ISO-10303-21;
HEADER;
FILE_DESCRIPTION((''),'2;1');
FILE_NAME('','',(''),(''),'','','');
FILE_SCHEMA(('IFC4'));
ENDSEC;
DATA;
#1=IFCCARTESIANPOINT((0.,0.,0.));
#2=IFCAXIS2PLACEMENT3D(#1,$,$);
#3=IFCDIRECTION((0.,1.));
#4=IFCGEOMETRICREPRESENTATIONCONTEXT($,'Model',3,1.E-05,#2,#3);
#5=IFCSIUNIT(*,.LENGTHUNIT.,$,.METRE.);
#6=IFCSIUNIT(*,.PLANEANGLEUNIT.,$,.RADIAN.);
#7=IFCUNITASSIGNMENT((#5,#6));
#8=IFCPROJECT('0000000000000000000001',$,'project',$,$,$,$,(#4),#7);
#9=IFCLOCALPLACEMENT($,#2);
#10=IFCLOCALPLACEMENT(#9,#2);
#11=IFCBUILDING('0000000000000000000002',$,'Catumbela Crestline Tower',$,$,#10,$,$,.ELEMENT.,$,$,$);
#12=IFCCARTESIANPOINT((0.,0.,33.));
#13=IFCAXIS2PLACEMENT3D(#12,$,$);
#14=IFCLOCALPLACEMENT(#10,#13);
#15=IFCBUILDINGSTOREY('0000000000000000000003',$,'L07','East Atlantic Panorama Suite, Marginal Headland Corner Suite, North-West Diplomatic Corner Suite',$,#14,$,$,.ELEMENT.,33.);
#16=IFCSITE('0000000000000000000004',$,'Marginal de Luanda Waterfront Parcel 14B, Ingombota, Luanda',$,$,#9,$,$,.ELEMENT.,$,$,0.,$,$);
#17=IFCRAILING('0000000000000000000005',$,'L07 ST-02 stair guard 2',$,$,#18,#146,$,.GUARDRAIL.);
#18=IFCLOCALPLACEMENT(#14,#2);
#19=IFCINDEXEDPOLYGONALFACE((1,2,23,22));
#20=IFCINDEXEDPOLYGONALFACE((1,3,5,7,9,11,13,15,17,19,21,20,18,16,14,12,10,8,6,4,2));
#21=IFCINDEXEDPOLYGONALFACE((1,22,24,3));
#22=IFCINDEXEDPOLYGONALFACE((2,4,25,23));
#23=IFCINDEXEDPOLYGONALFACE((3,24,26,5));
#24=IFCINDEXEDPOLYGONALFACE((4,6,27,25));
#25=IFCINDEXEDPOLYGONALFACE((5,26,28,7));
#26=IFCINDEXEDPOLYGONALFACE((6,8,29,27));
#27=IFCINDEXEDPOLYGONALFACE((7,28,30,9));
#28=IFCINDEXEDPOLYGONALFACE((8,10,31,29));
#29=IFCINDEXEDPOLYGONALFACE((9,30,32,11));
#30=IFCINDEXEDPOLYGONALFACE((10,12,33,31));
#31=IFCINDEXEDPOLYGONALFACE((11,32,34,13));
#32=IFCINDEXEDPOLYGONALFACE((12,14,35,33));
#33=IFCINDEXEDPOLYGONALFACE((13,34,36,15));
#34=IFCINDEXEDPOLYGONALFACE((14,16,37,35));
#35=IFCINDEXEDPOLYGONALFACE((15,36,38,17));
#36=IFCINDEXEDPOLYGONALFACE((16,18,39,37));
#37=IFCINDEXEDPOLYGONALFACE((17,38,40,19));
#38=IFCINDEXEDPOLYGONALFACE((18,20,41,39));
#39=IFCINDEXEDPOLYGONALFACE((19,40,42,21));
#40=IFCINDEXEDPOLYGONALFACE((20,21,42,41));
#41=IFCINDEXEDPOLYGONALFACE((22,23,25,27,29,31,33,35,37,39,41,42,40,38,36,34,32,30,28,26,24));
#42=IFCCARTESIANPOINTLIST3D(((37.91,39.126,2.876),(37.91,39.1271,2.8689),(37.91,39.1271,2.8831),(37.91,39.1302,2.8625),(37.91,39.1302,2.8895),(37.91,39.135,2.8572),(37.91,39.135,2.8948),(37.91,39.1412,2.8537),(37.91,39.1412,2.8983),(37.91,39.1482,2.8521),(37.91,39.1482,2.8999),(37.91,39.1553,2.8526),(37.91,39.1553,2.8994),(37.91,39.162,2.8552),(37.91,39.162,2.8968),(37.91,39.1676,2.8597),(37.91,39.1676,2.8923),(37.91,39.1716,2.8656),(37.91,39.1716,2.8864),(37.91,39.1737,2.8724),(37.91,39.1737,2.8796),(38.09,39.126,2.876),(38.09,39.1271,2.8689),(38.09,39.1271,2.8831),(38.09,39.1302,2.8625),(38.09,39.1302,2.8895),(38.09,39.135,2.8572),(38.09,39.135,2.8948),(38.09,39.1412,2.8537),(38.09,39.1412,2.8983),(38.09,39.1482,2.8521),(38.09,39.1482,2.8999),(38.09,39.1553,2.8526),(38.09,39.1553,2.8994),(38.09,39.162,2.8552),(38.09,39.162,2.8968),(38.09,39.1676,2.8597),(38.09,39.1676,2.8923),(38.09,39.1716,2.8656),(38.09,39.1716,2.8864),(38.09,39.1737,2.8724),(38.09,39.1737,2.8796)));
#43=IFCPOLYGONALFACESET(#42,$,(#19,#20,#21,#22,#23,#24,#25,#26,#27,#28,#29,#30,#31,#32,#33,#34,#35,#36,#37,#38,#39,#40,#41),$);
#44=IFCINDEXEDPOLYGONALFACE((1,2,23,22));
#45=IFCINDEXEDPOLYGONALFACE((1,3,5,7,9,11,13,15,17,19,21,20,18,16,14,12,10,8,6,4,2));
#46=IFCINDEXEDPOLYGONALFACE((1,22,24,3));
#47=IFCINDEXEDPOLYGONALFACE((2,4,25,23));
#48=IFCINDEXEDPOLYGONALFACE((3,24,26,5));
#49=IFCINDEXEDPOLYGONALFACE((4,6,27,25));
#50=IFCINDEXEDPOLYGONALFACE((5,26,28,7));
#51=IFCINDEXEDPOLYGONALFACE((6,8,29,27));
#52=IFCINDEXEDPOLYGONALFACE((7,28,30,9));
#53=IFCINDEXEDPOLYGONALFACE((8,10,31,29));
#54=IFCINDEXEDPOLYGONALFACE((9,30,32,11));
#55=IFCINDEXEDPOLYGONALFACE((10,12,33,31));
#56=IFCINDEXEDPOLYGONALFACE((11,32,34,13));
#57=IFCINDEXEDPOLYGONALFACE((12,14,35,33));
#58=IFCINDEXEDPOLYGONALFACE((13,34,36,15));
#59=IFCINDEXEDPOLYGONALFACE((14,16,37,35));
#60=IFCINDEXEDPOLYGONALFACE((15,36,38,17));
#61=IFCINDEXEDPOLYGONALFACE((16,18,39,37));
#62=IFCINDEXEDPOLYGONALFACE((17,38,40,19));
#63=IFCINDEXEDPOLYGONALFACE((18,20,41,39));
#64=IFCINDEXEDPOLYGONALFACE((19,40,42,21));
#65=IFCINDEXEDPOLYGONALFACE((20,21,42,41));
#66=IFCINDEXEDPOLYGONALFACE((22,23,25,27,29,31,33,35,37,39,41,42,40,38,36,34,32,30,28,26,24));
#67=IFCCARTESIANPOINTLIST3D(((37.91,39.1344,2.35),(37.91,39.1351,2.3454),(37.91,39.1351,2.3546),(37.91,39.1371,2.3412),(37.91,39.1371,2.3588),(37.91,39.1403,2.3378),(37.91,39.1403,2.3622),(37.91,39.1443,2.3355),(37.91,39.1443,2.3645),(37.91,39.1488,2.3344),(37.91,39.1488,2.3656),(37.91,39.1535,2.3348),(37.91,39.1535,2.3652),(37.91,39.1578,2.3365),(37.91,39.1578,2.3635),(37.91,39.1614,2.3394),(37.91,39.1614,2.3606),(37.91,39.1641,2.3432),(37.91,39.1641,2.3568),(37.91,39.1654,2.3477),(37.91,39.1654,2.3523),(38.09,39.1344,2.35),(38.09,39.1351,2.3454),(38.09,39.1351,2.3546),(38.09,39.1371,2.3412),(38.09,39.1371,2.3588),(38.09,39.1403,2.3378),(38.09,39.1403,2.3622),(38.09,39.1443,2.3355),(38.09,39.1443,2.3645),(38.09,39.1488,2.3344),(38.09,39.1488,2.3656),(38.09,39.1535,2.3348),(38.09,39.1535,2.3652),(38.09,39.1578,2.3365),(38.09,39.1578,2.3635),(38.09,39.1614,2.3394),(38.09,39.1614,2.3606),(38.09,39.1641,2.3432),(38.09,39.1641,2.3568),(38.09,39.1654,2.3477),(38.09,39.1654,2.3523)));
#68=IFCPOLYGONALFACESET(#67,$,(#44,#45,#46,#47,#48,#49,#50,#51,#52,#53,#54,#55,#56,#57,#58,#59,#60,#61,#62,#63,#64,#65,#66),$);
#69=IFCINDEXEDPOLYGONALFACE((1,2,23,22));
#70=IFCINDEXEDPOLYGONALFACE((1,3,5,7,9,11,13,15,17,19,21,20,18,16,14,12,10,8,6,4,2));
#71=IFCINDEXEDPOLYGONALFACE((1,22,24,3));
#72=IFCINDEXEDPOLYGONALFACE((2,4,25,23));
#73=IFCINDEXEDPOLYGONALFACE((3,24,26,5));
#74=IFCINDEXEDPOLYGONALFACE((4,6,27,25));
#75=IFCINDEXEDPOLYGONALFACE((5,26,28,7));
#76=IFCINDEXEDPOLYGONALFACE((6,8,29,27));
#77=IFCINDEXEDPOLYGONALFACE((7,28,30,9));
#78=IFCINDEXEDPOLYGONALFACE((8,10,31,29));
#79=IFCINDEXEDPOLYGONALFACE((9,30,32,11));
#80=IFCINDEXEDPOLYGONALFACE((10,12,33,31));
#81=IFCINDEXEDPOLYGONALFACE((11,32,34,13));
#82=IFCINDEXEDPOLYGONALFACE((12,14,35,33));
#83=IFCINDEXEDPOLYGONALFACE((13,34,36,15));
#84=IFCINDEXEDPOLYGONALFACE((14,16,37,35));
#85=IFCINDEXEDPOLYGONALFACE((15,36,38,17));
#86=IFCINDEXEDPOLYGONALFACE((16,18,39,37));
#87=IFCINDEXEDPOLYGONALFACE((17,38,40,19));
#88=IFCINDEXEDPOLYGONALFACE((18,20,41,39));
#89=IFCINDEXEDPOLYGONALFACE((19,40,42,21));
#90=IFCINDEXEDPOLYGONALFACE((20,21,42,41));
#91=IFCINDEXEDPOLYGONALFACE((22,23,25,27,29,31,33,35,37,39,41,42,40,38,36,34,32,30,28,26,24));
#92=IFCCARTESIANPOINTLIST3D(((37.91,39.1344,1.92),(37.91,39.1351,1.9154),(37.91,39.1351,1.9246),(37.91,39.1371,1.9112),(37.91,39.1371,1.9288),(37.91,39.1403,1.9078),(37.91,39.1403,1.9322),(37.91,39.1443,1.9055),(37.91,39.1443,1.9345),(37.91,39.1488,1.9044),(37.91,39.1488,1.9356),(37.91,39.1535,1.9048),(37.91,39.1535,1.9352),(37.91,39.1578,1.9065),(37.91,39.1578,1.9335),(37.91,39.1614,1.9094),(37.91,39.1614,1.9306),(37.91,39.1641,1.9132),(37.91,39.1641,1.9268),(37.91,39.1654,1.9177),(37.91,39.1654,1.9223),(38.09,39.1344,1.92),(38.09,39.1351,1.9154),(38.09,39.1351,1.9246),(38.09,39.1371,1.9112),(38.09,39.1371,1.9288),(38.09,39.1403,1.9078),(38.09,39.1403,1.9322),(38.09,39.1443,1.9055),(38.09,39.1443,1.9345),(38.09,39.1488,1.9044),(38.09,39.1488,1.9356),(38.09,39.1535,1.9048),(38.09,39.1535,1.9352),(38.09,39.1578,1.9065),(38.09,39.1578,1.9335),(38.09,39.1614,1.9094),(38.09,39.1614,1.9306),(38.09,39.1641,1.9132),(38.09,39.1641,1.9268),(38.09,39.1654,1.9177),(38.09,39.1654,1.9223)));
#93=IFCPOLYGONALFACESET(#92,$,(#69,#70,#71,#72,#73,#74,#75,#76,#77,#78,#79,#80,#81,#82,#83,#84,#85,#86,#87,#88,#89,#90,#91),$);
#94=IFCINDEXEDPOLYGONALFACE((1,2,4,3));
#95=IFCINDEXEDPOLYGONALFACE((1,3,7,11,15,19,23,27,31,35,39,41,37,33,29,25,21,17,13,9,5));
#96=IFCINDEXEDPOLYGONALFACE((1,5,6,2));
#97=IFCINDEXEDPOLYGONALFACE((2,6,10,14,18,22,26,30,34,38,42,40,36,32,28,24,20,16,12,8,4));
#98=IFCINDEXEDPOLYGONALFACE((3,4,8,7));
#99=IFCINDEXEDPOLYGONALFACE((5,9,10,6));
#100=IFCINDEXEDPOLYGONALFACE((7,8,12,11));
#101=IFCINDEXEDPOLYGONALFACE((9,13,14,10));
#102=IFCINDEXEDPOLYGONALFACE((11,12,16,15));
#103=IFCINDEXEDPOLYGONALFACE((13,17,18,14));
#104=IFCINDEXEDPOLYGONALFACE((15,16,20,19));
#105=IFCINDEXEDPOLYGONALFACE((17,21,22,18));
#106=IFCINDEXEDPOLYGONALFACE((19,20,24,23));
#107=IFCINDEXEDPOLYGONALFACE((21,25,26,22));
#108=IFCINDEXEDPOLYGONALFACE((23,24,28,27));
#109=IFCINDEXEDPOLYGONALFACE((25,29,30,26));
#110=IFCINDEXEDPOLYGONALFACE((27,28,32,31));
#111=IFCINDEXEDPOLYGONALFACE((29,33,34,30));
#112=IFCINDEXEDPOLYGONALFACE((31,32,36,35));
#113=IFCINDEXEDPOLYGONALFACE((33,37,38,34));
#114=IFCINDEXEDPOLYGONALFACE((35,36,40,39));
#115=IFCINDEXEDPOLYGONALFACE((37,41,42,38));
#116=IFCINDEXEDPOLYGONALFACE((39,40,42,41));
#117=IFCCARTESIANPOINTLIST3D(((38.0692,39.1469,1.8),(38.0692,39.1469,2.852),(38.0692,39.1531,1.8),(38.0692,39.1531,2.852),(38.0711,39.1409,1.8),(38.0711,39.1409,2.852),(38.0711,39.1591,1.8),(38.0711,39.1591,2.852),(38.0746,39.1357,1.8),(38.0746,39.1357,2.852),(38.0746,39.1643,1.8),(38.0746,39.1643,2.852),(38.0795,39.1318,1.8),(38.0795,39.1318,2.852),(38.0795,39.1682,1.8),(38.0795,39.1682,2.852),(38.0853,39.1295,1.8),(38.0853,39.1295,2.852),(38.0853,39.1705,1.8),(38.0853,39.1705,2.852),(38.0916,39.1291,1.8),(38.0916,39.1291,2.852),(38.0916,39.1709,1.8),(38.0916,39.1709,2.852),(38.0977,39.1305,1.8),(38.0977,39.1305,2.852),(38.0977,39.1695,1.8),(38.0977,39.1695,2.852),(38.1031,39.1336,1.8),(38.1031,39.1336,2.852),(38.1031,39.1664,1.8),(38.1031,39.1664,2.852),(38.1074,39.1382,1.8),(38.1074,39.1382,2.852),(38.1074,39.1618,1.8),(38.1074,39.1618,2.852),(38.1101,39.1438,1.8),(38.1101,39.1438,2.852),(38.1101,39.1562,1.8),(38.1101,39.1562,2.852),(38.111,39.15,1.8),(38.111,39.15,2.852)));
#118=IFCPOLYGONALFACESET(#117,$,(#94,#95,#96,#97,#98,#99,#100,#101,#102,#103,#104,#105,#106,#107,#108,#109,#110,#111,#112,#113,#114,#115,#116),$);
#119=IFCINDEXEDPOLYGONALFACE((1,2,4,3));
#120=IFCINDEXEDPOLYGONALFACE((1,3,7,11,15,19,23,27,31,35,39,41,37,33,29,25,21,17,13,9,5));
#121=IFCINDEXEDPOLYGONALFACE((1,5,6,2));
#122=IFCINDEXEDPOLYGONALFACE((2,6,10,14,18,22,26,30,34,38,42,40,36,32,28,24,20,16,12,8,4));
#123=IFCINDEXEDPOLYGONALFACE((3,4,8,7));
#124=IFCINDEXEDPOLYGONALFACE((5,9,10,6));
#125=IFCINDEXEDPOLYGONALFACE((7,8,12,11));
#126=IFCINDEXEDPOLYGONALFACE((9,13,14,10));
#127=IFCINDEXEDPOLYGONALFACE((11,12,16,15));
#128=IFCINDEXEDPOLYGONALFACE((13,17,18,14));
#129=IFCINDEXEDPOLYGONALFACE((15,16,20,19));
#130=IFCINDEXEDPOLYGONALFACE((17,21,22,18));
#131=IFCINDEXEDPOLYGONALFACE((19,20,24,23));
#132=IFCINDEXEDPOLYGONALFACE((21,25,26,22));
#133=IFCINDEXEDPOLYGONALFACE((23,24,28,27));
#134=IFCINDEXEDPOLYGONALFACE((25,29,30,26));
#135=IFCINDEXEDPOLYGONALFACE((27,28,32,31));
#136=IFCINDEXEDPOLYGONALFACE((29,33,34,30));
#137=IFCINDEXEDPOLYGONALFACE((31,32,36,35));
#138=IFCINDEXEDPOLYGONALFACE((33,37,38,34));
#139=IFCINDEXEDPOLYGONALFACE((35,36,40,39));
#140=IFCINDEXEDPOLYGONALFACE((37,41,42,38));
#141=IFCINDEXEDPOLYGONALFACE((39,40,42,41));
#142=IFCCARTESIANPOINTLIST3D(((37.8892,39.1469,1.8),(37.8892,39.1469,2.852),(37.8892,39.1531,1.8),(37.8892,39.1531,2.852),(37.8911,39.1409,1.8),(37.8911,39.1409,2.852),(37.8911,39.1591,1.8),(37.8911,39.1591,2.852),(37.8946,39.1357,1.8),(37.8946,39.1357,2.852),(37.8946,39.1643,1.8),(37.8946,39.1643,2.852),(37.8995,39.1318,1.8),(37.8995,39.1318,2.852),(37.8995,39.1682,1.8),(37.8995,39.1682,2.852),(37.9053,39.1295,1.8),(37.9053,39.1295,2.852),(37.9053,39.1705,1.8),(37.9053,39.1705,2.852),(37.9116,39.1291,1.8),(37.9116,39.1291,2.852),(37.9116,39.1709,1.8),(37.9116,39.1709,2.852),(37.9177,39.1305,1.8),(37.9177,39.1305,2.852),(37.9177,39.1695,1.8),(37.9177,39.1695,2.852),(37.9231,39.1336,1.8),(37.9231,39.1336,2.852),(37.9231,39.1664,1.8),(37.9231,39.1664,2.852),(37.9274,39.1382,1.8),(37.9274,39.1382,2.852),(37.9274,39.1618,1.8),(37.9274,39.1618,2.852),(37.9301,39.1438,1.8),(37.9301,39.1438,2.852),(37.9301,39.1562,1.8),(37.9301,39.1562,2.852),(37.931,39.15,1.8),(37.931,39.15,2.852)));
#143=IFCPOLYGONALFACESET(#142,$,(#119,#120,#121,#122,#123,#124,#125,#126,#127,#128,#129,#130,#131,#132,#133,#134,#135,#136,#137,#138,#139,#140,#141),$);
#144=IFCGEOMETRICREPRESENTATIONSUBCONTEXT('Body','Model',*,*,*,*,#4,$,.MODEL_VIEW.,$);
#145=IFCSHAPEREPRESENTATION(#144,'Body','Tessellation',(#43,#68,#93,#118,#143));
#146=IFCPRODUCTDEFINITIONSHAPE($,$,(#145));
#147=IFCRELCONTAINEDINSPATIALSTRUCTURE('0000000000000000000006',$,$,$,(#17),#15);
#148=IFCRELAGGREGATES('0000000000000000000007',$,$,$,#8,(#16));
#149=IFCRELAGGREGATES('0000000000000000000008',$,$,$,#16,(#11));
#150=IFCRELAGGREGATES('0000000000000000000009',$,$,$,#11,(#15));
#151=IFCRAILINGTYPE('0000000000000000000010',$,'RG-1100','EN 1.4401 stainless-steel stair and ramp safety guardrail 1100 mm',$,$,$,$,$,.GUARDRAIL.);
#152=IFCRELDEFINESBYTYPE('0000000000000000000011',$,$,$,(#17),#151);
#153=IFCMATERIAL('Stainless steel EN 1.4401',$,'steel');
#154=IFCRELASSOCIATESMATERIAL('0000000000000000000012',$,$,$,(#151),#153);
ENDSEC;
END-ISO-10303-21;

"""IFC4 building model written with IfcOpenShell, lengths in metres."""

from ifc_helpers import new_model, si_unit, direction, frame, origin, origin_2d, place, context, subcontext, project, spatial, circle, extrude, material, type_object, element, save


model = new_model("IFC4")

# Units and contexts
model_context = context("Model", 3, precision=1e-05, world=origin(), true_north=direction((0.0, 1.0)))
body_context = subcontext(model_context, "Body", "Model", "MODEL_VIEW")
ifc_project = project(units=[si_unit("LENGTHUNIT", "METRE"), si_unit("PLANEANGLEUNIT", "RADIAN")], contexts=[model_context])

# Site, building, storey
site_placement = place(None, origin())
site = spatial("IfcSite", under=ifc_project, at=site_placement, Name="Marginal de Luanda Waterfront Parcel 14B, Ingombota, Luanda", CompositionType="ELEMENT", RefElevation=0.0)
building_placement = place(site_placement, origin())
building = spatial("IfcBuilding", under=site, at=building_placement, Name="Catumbela Crestline Tower", CompositionType="ELEMENT")
storey_placement = place(building_placement, frame((0.0, 0.0, 33.0)))
storey = spatial("IfcBuildingStorey", under=building, at=storey_placement, Name="L07", Description="East Atlantic Panorama Suite, Marginal Headland Corner Suite, North-West Diplomatic Corner Suite", CompositionType="ELEMENT", Elevation=33.0)

# Shared definitions
ifc_material_1 = material(Name="Stainless steel EN 1.4401", Category="steel")

# Railing
railing_type_1 = type_object("IfcRailingType", Name="RG-1100", Description="EN 1.4401 stainless-steel stair and ramp safety guardrail 1100 mm", PredefinedType="GUARDRAIL", material=ifc_material_1)
railing_1_placement = place(storey_placement, frame((38.09, 39.15, 1.8)))
element("IfcRailing", 1, at=railing_1_placement, inside=storey, type_object=railing_type_1, Name="L07 ST-02 stair guard 2", PredefinedType="GUARDRAIL", context=body_context, shape_type="SweptSolid", body=[
    extrude(circle(Radius=0.024, at=origin_2d()), frame((0.0, 0.0, 1.076), z_axis=(-1.0, 0.0, 0.0), x_axis=(0.0, -1.0, 0.0)), (0.0, 0.0, 1.0), 0.18),
    extrude(circle(Radius=0.0156, at=origin_2d()), frame((0.0, 0.0, 0.55), z_axis=(-1.0, 0.0, 0.0), x_axis=(0.0, -1.0, 0.0)), (0.0, 0.0, 1.0), 0.18),
    extrude(circle(Radius=0.0156, at=origin_2d()), frame((0.0, 0.0, 0.12), z_axis=(-1.0, 0.0, 0.0), x_axis=(0.0, -1.0, 0.0)), (0.0, 0.0, 1.0), 0.18),
    extrude(circle(Radius=0.021, at=origin_2d()), origin(), (0.0, 0.0, 1.0), 1.052),
    extrude(circle(Radius=0.021, at=origin_2d()), frame((-0.18, 0.0, 0.0)), (0.0, 0.0, 1.0), 1.052),
])

save(model, "model.ifc")
